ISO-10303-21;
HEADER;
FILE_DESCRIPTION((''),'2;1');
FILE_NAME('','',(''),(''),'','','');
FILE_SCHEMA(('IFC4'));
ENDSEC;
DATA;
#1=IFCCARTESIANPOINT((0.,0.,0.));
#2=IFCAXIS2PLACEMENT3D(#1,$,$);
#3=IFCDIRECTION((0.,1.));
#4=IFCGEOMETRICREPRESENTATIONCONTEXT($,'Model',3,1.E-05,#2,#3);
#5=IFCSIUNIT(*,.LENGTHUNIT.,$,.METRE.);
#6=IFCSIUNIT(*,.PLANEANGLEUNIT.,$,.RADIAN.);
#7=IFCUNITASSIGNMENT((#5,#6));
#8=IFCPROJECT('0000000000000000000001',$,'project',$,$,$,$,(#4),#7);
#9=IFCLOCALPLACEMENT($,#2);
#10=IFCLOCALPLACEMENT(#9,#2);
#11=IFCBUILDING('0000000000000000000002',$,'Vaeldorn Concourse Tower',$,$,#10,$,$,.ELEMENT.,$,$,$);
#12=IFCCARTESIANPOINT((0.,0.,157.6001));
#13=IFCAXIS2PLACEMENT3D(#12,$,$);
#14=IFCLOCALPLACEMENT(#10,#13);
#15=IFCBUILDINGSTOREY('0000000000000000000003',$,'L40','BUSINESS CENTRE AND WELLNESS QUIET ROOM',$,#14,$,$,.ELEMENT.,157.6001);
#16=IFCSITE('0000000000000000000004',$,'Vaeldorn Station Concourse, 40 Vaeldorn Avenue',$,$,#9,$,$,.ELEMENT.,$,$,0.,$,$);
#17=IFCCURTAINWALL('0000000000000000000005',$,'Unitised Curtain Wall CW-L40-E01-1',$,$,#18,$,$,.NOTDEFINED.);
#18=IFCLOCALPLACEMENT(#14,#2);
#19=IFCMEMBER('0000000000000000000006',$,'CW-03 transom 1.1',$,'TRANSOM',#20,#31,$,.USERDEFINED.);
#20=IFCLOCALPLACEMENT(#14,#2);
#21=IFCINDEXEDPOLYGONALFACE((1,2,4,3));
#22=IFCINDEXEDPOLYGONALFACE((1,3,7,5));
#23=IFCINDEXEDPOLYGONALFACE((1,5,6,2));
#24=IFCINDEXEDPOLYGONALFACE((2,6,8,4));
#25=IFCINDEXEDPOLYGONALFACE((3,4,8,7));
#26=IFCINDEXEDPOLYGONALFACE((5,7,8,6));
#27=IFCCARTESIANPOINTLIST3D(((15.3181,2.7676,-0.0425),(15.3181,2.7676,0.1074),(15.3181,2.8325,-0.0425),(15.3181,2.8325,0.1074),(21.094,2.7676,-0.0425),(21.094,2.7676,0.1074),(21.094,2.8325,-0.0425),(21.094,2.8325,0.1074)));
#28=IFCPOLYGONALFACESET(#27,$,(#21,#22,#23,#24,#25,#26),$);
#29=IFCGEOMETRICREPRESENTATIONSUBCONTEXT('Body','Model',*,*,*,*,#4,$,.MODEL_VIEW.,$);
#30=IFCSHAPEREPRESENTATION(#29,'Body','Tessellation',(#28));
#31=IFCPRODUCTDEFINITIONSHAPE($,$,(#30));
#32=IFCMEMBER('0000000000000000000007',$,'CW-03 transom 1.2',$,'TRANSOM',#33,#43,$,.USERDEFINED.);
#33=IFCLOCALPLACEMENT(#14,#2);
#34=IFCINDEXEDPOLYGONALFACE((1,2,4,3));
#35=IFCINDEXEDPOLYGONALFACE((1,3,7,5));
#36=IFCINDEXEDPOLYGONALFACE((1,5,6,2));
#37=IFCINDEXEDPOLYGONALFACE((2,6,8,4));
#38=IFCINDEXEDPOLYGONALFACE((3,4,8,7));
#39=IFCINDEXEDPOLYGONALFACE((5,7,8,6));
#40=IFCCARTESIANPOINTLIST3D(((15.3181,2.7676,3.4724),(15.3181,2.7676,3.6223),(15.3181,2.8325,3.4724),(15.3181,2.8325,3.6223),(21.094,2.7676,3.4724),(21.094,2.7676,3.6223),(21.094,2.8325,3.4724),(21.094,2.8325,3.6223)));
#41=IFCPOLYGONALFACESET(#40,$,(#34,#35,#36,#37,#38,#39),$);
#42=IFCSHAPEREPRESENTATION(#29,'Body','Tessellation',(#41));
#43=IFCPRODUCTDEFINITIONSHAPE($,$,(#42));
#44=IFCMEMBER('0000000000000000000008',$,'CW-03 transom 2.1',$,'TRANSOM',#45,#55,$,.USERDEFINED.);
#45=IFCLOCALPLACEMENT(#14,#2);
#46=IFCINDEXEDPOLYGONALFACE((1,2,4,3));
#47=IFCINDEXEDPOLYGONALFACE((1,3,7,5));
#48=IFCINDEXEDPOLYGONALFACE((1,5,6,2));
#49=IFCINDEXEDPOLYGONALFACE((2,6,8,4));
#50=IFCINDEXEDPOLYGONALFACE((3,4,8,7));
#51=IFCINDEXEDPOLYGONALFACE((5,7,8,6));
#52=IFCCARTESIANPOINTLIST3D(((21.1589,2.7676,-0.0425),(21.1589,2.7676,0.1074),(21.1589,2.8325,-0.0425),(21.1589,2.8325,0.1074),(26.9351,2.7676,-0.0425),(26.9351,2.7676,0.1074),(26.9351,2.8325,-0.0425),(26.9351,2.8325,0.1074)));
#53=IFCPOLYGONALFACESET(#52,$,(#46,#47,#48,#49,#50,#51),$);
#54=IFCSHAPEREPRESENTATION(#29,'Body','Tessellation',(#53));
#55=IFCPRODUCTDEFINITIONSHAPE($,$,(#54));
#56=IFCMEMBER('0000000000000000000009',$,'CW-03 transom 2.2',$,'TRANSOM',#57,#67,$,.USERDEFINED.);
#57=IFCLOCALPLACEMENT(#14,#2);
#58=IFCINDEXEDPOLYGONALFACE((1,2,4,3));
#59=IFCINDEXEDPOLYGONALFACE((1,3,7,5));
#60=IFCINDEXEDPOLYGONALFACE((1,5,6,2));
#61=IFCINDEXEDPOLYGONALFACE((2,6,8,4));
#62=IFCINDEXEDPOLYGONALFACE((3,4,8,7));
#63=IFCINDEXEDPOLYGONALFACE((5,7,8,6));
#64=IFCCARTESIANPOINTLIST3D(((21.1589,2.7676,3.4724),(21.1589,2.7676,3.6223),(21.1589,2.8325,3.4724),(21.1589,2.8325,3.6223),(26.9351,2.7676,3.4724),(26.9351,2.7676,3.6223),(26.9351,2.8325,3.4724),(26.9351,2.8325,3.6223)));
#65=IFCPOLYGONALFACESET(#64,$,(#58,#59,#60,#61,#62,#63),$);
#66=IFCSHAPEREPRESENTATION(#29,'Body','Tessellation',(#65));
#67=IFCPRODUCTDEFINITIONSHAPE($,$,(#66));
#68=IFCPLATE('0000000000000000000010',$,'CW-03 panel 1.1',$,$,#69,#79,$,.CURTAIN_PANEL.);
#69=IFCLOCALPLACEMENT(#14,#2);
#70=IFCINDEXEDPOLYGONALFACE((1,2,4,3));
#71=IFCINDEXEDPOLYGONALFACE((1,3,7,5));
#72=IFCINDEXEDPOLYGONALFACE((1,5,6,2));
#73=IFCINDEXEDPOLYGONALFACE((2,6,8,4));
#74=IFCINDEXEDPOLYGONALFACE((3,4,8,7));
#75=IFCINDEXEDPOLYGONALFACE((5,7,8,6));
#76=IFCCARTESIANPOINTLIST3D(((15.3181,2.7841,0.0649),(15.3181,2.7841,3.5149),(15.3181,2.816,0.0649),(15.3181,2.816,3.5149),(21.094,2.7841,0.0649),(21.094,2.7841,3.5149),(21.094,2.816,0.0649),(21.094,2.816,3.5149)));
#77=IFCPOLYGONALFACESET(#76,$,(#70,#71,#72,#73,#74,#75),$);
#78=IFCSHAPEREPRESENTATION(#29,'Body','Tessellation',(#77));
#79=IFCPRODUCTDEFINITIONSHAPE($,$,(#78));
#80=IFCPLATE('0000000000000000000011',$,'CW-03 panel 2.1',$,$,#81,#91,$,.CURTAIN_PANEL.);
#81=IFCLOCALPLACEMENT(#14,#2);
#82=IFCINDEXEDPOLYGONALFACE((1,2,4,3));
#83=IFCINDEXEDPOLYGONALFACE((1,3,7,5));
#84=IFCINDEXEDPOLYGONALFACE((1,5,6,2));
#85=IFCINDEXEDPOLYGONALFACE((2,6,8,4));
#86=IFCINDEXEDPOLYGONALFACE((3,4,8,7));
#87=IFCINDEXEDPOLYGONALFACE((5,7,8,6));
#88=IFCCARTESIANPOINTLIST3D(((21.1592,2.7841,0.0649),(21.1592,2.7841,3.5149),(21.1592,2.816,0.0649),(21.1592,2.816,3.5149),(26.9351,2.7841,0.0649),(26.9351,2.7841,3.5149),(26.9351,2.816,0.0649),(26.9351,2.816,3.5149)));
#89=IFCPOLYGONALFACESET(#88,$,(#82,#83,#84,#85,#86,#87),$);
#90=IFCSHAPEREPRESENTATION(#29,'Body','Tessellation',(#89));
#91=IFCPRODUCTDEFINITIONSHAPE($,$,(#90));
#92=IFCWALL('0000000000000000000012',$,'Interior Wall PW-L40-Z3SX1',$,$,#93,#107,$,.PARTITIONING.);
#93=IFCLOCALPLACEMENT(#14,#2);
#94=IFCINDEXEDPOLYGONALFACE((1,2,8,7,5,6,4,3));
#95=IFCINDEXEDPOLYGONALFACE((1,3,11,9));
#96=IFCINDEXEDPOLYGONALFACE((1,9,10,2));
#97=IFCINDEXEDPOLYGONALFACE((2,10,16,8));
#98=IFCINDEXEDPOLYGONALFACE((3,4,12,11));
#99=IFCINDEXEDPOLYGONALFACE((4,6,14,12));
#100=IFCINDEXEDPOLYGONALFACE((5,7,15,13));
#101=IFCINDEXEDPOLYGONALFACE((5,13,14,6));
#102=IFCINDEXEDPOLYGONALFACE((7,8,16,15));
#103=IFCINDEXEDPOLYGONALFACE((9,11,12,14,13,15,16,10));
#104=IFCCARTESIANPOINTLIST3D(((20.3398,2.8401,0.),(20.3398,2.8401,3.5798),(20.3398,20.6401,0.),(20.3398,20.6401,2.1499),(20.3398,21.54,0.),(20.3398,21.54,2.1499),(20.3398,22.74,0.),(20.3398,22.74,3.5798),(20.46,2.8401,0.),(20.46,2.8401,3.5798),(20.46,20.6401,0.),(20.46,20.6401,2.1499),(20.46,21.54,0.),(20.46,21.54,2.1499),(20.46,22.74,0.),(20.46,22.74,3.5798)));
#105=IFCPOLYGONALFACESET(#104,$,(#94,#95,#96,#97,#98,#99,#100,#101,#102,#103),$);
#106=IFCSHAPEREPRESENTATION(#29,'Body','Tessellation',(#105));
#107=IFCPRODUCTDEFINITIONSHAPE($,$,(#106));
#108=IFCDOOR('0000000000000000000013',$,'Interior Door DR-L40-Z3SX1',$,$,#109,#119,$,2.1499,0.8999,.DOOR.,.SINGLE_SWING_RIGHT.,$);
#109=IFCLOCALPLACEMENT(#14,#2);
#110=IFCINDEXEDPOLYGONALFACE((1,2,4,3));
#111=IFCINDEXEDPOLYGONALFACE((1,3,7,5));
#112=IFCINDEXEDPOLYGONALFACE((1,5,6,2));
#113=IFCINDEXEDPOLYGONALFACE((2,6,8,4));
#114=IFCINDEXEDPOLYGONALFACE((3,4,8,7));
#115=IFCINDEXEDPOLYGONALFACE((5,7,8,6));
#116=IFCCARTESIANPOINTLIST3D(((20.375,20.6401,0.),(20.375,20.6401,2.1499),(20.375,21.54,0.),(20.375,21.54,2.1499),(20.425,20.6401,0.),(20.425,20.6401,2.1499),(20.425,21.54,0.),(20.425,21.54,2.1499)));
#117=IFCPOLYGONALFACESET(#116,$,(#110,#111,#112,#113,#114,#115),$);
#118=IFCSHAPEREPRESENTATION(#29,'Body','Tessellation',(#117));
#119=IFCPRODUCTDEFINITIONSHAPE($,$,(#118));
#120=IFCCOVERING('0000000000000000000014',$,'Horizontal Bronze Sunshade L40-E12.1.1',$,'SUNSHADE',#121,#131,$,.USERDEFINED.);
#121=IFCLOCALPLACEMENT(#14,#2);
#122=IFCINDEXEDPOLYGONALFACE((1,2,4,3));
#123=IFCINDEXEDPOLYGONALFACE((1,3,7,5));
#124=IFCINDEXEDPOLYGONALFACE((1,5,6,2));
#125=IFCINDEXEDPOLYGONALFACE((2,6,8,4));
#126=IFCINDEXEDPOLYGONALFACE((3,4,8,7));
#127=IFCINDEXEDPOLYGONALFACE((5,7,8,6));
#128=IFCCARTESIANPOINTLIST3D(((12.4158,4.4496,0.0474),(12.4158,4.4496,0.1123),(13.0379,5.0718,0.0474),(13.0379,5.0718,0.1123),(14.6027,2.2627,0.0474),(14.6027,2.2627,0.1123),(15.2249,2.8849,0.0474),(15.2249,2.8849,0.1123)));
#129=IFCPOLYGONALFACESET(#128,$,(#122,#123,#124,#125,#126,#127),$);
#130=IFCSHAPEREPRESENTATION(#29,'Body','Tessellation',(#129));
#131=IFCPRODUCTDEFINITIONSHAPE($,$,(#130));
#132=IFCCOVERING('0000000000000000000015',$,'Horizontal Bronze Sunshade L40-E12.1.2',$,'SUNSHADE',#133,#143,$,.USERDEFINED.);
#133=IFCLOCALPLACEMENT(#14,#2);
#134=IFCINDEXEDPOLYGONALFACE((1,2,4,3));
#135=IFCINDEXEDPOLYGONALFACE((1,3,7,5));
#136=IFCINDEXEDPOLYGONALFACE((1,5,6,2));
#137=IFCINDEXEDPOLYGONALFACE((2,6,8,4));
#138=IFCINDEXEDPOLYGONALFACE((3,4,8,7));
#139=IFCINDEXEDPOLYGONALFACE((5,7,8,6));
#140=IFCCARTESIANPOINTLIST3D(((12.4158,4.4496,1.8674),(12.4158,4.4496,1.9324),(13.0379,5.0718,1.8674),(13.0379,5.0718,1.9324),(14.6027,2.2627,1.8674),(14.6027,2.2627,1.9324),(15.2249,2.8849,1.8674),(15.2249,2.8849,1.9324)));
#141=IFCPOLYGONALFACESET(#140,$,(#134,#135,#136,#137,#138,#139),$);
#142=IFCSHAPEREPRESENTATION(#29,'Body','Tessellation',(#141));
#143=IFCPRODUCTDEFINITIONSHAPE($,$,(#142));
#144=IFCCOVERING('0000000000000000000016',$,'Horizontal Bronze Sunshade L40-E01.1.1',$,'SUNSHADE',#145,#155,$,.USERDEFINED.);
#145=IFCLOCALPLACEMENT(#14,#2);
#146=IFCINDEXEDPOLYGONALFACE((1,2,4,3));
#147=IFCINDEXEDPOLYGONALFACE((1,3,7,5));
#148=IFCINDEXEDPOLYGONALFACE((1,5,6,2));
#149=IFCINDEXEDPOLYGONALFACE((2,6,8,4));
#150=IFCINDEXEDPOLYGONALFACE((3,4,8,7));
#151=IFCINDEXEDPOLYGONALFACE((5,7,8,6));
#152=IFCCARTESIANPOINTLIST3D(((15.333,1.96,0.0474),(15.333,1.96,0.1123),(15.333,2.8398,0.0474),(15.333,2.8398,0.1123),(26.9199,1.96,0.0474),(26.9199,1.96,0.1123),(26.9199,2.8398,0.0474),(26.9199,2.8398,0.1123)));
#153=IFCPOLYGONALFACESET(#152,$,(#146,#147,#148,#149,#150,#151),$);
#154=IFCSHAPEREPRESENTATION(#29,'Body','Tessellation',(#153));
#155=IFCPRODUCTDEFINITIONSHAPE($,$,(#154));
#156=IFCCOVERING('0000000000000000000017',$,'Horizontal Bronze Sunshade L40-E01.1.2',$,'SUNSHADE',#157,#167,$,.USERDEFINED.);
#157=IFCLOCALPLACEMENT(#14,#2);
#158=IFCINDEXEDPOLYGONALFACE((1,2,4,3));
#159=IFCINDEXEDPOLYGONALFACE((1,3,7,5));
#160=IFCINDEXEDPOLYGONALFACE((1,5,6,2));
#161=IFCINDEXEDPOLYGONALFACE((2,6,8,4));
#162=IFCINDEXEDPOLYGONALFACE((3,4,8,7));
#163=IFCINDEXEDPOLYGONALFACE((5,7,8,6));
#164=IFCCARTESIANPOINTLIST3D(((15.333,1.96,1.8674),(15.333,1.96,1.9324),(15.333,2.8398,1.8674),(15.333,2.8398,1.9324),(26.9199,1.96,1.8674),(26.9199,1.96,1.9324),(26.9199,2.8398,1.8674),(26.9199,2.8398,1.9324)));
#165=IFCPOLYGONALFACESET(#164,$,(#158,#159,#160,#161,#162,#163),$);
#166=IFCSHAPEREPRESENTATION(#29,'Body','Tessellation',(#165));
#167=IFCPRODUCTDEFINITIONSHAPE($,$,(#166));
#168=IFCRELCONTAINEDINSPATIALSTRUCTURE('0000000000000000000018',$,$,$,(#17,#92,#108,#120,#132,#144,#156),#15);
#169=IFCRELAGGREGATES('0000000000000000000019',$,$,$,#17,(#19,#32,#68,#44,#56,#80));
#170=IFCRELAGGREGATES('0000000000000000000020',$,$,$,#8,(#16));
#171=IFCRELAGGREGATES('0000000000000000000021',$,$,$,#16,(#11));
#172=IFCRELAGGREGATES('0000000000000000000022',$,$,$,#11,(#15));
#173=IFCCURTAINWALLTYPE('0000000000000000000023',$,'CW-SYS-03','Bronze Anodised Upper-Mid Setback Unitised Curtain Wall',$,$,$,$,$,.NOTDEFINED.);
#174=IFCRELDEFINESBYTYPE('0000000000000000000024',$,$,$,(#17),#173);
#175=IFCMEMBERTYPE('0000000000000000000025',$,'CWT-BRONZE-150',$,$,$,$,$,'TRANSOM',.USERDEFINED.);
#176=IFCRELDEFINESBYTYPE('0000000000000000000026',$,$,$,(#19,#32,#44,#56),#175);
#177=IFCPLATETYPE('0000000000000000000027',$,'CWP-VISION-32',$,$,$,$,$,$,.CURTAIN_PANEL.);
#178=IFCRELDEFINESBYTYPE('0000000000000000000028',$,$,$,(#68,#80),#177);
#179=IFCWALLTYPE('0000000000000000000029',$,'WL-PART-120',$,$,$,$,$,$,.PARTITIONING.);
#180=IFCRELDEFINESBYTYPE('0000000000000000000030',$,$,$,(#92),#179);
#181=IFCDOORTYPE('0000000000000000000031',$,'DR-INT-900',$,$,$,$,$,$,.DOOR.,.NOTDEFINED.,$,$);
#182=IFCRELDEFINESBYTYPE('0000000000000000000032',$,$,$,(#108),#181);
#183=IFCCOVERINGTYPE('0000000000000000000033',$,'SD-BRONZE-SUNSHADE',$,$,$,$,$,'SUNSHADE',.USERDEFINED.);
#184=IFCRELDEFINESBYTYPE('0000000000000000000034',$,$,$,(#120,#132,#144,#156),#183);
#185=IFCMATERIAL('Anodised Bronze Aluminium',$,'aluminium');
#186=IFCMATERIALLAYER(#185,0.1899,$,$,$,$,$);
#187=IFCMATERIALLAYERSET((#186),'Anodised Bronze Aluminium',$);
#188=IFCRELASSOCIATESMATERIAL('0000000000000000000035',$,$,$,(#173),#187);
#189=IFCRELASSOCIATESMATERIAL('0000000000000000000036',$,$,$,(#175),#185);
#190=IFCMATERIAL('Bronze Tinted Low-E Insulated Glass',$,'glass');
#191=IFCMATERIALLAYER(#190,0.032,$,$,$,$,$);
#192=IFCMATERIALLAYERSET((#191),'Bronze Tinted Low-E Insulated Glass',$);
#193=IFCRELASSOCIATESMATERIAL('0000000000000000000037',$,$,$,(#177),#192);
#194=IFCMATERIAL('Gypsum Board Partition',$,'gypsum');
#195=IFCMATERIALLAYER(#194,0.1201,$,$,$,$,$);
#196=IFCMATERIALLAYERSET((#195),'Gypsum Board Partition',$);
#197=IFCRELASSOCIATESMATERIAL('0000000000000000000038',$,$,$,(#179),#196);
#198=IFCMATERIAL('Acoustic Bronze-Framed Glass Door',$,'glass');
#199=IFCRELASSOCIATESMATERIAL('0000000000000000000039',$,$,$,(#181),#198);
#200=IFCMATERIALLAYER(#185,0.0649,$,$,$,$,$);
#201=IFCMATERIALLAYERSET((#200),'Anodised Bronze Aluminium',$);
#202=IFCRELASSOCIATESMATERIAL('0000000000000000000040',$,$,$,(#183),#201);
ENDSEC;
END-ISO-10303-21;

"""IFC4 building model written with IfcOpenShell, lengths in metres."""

from ifc_helpers import new_model, si_unit, direction, frame, frame_2d, origin, origin_2d, place, context, subcontext, project, spatial, rectangle, extrude, source, transform, mapped, material, layer, layer_set, material_profile, profile_set, type_object, element, fill, aggregate, save


model = new_model("IFC4")

# Units and contexts
model_context = context("Model", 3, precision=1e-05, world=origin(), true_north=direction((0.0, 1.0)))
body_context = subcontext(model_context, "Body", "Model", "MODEL_VIEW")
ifc_project = project(units=[si_unit("LENGTHUNIT", "METRE"), si_unit("PLANEANGLEUNIT", "RADIAN")], contexts=[model_context])

# Site, building, storey
site_placement = place(None, origin())
site = spatial("IfcSite", under=ifc_project, at=site_placement, Name="Vaeldorn Station Concourse, 40 Vaeldorn Avenue", CompositionType="ELEMENT", RefElevation=0.0)
building_placement = place(site_placement, origin())
building = spatial("IfcBuilding", under=site, at=building_placement, Name="Vaeldorn Concourse Tower", CompositionType="ELEMENT")
storey_placement = place(building_placement, frame((0.0, 0.0, 157.6001)))
storey = spatial("IfcBuildingStorey", under=building, at=storey_placement, Name="L40", Description="BUSINESS CENTRE AND WELLNESS QUIET ROOM", CompositionType="ELEMENT", Elevation=157.6001)

# Curtain wall
ifc_material_1 = material(Name="Anodised Bronze Aluminium", Category="aluminium")
ifc_layer_1 = layer(ifc_material_1, 0.1899)
ifc_layer_set_1 = layer_set([ifc_layer_1], Name="Anodised Bronze Aluminium")
curtain_wall_type = type_object("IfcCurtainWallType", Name="CW-SYS-03", Description="Bronze Anodised Upper-Mid Setback Unitised Curtain Wall", PredefinedType="NOTDEFINED", material=ifc_layer_set_1)
curtain_wall_1_placement = place(storey_placement, origin())
curtain_wall_1 = element("IfcCurtainWall", 1, at=curtain_wall_1_placement, inside=storey, type_object=curtain_wall_type, Name="Unitised Curtain Wall CW-L40-E01-1", PredefinedType="NOTDEFINED")

# Members
ifc_material_profile_1 = material_profile(ifc_material_1, rectangle(XDim=0.0649, YDim=0.1499, at=origin_2d()), Name="CWT 65x150")
ifc_profile_set_1 = profile_set([ifc_material_profile_1], Name="Anodised Bronze Aluminium")
member_type_1 = type_object("IfcMemberType", Name="CWT-BRONZE-150", ElementType="TRANSOM", PredefinedType="USERDEFINED", material=ifc_profile_set_1)
shared_shape_1 = source(origin(), body_context, "Body", "SweptSolid", [
    extrude(rectangle(XDim=0.0649, YDim=0.1499, at=origin_2d()), origin(), (0.0, 0.0, 1.0), 5.7759),
])
member_1_placement = place(storey_placement, frame((15.3181, 2.8, 0.0325), z_axis=(1.0, 0.0, 0.0), x_axis=(0.0, 1.0, 0.0)))
member_1 = element("IfcMember", 2, at=member_1_placement, type_object=member_type_1, Name="CW-03 transom 1.1", ObjectType="TRANSOM", PredefinedType="USERDEFINED", context=body_context, shape_type="MappedRepresentation", body=[
    mapped(shared_shape_1, transform((0.0, 0.0, 0.0), scale=1.0)),
])
member_2_placement = place(storey_placement, frame((15.3181, 2.8, 3.5474), z_axis=(1.0, 0.0, 0.0), x_axis=(0.0, 1.0, 0.0)))
member_2 = element("IfcMember", 3, at=member_2_placement, type_object=member_type_1, Name="CW-03 transom 1.2", ObjectType="TRANSOM", PredefinedType="USERDEFINED", context=body_context, shape_type="MappedRepresentation", body=[
    mapped(shared_shape_1, transform((0.0, 0.0, 0.0), scale=1.0)),
])
shared_shape_2 = source(origin(), body_context, "Body", "SweptSolid", [
    extrude(rectangle(XDim=0.0649, YDim=0.1499, at=origin_2d()), origin(), (0.0, 0.0, 1.0), 5.7761),
])
member_3_placement = place(storey_placement, frame((21.1589, 2.8, 0.0325), z_axis=(1.0, 0.0, 0.0), x_axis=(0.0, 1.0, 0.0)))
member_3 = element("IfcMember", 4, at=member_3_placement, type_object=member_type_1, Name="CW-03 transom 2.1", ObjectType="TRANSOM", PredefinedType="USERDEFINED", context=body_context, shape_type="MappedRepresentation", body=[
    mapped(shared_shape_2, transform((0.0, 0.0, 0.0), scale=1.0)),
])
member_4_placement = place(storey_placement, frame((21.1589, 2.8, 3.5474), z_axis=(1.0, 0.0, 0.0), x_axis=(0.0, 1.0, 0.0)))
member_4 = element("IfcMember", 5, at=member_4_placement, type_object=member_type_1, Name="CW-03 transom 2.2", ObjectType="TRANSOM", PredefinedType="USERDEFINED", context=body_context, shape_type="MappedRepresentation", body=[
    mapped(shared_shape_2, transform((0.0, 0.0, 0.0), scale=1.0)),
])

# Plates
ifc_material_2 = material(Name="Bronze Tinted Low-E Insulated Glass", Category="glass")
ifc_layer_2 = layer(ifc_material_2, 0.032)
ifc_layer_set_2 = layer_set([ifc_layer_2], Name="Bronze Tinted Low-E Insulated Glass")
plate_type = type_object("IfcPlateType", Name="CWP-VISION-32", PredefinedType="CURTAIN_PANEL", material=ifc_layer_set_2)
shared_shape_3 = source(origin(), body_context, "Body", "SweptSolid", [
    extrude(rectangle(XDim=5.7759, YDim=0.032, at=origin_2d()), origin(), (0.0, 0.0, 1.0), 3.45),
])
plate_1_placement = place(storey_placement, frame((18.2061, 2.8, 0.0649), z_axis=(0.0, 0.0, 1.0), x_axis=(1.0, 0.0, 0.0)))
plate_1 = element("IfcPlate", 6, at=plate_1_placement, type_object=plate_type, Name="CW-03 panel 1.1", PredefinedType="CURTAIN_PANEL", context=body_context, shape_type="MappedRepresentation", body=[
    mapped(shared_shape_3, transform((0.0, 0.0, 0.0), scale=1.0)),
])
plate_2_placement = place(storey_placement, frame((24.0471, 2.8, 0.0649), z_axis=(0.0, 0.0, 1.0), x_axis=(1.0, 0.0, 0.0)))
plate_2 = element("IfcPlate", 7, at=plate_2_placement, type_object=plate_type, Name="CW-03 panel 2.1", PredefinedType="CURTAIN_PANEL", context=body_context, shape_type="MappedRepresentation", body=[
    mapped(shared_shape_3, transform((0.0, 0.0, 0.0), scale=1.0)),
])
aggregate(curtain_wall_1, [member_1, member_2, plate_1, member_3, member_4, plate_2])

# Wall, opening, door
ifc_material_3 = material(Name="Gypsum Board Partition", Category="gypsum")
ifc_layer_3 = layer(ifc_material_3, 0.1201)
ifc_layer_set_3 = layer_set([ifc_layer_3], Name="Gypsum Board Partition")
wall_type = type_object("IfcWallType", Name="WL-PART-120", PredefinedType="PARTITIONING", material=ifc_layer_set_3)
wall_placement = place(storey_placement, frame((20.3999, 2.8401, 0.0), z_axis=(0.0, 0.0, 1.0), x_axis=(0.0, 1.0, 0.0)))
wall = element("IfcWall", 8, at=wall_placement, inside=storey, type_object=wall_type, Name="Interior Wall PW-L40-Z3SX1", PredefinedType="PARTITIONING", context=body_context, shape_type="SweptSolid", body=[
    extrude(rectangle(XDim=19.8999, YDim=0.1201, at=frame_2d((9.95, 0.0))), origin(), (0.0, 0.0, 1.0), 3.5798),
])
opening_placement = place(wall_placement, frame((17.8, 0.0, 0.0)))
opening = element("IfcOpeningElement", 9, at=opening_placement, cuts=wall, PredefinedType="OPENING", context=body_context, shape_type="SweptSolid", body=[
    extrude(rectangle(XDim=0.8999, YDim=2.1499, at=frame_2d((0.45, 1.075))), frame((0.0, 0.0701, 0.0), z_axis=(0.0, -1.0, 0.0), x_axis=(1.0, 0.0, 0.0)), (0.0, 0.0, 1.0), 0.1401),
])
ifc_material_4 = material(Name="Acoustic Bronze-Framed Glass Door", Category="glass")
door_type = type_object("IfcDoorType", Name="DR-INT-900", OperationType="NOTDEFINED", PredefinedType="DOOR", material=ifc_material_4)
shared_shape_4 = source(origin(), body_context, "Body", "SweptSolid", [
    extrude(rectangle(XDim=0.8999, YDim=2.1499, at=frame_2d((0.45, 1.075))), frame((0.0, 0.0249, 0.0), z_axis=(0.0, -1.0, 0.0), x_axis=(1.0, 0.0, 0.0)), (0.0, 0.0, 1.0), 0.05),
])
door_placement = place(opening_placement, origin())
door = element("IfcDoor", 10, at=door_placement, inside=storey, type_object=door_type, Name="Interior Door DR-L40-Z3SX1", OperationType="SINGLE_SWING_RIGHT", OverallHeight=2.1499, OverallWidth=0.8999, PredefinedType="DOOR", context=body_context, shape_type="MappedRepresentation", body=[
    mapped(shared_shape_4, transform((0.0, 0.0, 0.0), scale=1.0)),
])
fill(opening, door)

# Coverings
ifc_layer_4 = layer(ifc_material_1, 0.0649)
ifc_layer_set_4 = layer_set([ifc_layer_4], Name="Anodised Bronze Aluminium")
covering_type = type_object("IfcCoveringType", Name="SD-BRONZE-SUNSHADE", ElementType="SUNSHADE", PredefinedType="USERDEFINED", material=ifc_layer_set_4)
shared_shape_5 = source(origin(), body_context, "Body", "SweptSolid", [
    extrude(rectangle(XDim=3.0928, YDim=0.8799, at=origin_2d()), origin(), (0.0, 0.0, 1.0), 0.0649),
])
for number, where, z_axis, x_axis, name in (
    (11, (13.8203, 3.6672, 0.0474), (0.0, 0.0, 1.0), (0.707107, -0.707107, 0.0), "Horizontal Bronze Sunshade L40-E12.1.1"),
    (12, (13.8203, 3.6672, 1.8674), (0.0, 0.0, 1.0), (0.707107, -0.707107, 0.0), "Horizontal Bronze Sunshade L40-E12.1.2"),
):
    element("IfcCovering", number, at=place(storey_placement, frame(where, z_axis=z_axis, x_axis=x_axis)), inside=storey, type_object=covering_type, Name=name, ObjectType="SUNSHADE", PredefinedType="USERDEFINED", context=body_context, shape_type="MappedRepresentation", body=[
        mapped(shared_shape_5, transform((0.0, 0.0, 0.0), scale=1.0)),
    ])
shared_shape_6 = source(origin(), body_context, "Body", "SweptSolid", [
    extrude(rectangle(XDim=11.5869, YDim=0.8799, at=origin_2d()), origin(), (0.0, 0.0, 1.0), 0.0649),
])
for number, where, z_axis, x_axis, name in (
    (13, (21.1265, 2.3999, 0.0474), (0.0, 0.0, 1.0), (1.0, 0.0, 0.0), "Horizontal Bronze Sunshade L40-E01.1.1"),
    (14, (21.1265, 2.3999, 1.8674), (0.0, 0.0, 1.0), (1.0, 0.0, 0.0), "Horizontal Bronze Sunshade L40-E01.1.2"),
):
    element("IfcCovering", number, at=place(storey_placement, frame(where, z_axis=z_axis, x_axis=x_axis)), inside=storey, type_object=covering_type, Name=name, ObjectType="SUNSHADE", PredefinedType="USERDEFINED", context=body_context, shape_type="MappedRepresentation", body=[
        mapped(shared_shape_6, transform((0.0, 0.0, 0.0), scale=1.0)),
    ])

save(model, "model.ifc")
